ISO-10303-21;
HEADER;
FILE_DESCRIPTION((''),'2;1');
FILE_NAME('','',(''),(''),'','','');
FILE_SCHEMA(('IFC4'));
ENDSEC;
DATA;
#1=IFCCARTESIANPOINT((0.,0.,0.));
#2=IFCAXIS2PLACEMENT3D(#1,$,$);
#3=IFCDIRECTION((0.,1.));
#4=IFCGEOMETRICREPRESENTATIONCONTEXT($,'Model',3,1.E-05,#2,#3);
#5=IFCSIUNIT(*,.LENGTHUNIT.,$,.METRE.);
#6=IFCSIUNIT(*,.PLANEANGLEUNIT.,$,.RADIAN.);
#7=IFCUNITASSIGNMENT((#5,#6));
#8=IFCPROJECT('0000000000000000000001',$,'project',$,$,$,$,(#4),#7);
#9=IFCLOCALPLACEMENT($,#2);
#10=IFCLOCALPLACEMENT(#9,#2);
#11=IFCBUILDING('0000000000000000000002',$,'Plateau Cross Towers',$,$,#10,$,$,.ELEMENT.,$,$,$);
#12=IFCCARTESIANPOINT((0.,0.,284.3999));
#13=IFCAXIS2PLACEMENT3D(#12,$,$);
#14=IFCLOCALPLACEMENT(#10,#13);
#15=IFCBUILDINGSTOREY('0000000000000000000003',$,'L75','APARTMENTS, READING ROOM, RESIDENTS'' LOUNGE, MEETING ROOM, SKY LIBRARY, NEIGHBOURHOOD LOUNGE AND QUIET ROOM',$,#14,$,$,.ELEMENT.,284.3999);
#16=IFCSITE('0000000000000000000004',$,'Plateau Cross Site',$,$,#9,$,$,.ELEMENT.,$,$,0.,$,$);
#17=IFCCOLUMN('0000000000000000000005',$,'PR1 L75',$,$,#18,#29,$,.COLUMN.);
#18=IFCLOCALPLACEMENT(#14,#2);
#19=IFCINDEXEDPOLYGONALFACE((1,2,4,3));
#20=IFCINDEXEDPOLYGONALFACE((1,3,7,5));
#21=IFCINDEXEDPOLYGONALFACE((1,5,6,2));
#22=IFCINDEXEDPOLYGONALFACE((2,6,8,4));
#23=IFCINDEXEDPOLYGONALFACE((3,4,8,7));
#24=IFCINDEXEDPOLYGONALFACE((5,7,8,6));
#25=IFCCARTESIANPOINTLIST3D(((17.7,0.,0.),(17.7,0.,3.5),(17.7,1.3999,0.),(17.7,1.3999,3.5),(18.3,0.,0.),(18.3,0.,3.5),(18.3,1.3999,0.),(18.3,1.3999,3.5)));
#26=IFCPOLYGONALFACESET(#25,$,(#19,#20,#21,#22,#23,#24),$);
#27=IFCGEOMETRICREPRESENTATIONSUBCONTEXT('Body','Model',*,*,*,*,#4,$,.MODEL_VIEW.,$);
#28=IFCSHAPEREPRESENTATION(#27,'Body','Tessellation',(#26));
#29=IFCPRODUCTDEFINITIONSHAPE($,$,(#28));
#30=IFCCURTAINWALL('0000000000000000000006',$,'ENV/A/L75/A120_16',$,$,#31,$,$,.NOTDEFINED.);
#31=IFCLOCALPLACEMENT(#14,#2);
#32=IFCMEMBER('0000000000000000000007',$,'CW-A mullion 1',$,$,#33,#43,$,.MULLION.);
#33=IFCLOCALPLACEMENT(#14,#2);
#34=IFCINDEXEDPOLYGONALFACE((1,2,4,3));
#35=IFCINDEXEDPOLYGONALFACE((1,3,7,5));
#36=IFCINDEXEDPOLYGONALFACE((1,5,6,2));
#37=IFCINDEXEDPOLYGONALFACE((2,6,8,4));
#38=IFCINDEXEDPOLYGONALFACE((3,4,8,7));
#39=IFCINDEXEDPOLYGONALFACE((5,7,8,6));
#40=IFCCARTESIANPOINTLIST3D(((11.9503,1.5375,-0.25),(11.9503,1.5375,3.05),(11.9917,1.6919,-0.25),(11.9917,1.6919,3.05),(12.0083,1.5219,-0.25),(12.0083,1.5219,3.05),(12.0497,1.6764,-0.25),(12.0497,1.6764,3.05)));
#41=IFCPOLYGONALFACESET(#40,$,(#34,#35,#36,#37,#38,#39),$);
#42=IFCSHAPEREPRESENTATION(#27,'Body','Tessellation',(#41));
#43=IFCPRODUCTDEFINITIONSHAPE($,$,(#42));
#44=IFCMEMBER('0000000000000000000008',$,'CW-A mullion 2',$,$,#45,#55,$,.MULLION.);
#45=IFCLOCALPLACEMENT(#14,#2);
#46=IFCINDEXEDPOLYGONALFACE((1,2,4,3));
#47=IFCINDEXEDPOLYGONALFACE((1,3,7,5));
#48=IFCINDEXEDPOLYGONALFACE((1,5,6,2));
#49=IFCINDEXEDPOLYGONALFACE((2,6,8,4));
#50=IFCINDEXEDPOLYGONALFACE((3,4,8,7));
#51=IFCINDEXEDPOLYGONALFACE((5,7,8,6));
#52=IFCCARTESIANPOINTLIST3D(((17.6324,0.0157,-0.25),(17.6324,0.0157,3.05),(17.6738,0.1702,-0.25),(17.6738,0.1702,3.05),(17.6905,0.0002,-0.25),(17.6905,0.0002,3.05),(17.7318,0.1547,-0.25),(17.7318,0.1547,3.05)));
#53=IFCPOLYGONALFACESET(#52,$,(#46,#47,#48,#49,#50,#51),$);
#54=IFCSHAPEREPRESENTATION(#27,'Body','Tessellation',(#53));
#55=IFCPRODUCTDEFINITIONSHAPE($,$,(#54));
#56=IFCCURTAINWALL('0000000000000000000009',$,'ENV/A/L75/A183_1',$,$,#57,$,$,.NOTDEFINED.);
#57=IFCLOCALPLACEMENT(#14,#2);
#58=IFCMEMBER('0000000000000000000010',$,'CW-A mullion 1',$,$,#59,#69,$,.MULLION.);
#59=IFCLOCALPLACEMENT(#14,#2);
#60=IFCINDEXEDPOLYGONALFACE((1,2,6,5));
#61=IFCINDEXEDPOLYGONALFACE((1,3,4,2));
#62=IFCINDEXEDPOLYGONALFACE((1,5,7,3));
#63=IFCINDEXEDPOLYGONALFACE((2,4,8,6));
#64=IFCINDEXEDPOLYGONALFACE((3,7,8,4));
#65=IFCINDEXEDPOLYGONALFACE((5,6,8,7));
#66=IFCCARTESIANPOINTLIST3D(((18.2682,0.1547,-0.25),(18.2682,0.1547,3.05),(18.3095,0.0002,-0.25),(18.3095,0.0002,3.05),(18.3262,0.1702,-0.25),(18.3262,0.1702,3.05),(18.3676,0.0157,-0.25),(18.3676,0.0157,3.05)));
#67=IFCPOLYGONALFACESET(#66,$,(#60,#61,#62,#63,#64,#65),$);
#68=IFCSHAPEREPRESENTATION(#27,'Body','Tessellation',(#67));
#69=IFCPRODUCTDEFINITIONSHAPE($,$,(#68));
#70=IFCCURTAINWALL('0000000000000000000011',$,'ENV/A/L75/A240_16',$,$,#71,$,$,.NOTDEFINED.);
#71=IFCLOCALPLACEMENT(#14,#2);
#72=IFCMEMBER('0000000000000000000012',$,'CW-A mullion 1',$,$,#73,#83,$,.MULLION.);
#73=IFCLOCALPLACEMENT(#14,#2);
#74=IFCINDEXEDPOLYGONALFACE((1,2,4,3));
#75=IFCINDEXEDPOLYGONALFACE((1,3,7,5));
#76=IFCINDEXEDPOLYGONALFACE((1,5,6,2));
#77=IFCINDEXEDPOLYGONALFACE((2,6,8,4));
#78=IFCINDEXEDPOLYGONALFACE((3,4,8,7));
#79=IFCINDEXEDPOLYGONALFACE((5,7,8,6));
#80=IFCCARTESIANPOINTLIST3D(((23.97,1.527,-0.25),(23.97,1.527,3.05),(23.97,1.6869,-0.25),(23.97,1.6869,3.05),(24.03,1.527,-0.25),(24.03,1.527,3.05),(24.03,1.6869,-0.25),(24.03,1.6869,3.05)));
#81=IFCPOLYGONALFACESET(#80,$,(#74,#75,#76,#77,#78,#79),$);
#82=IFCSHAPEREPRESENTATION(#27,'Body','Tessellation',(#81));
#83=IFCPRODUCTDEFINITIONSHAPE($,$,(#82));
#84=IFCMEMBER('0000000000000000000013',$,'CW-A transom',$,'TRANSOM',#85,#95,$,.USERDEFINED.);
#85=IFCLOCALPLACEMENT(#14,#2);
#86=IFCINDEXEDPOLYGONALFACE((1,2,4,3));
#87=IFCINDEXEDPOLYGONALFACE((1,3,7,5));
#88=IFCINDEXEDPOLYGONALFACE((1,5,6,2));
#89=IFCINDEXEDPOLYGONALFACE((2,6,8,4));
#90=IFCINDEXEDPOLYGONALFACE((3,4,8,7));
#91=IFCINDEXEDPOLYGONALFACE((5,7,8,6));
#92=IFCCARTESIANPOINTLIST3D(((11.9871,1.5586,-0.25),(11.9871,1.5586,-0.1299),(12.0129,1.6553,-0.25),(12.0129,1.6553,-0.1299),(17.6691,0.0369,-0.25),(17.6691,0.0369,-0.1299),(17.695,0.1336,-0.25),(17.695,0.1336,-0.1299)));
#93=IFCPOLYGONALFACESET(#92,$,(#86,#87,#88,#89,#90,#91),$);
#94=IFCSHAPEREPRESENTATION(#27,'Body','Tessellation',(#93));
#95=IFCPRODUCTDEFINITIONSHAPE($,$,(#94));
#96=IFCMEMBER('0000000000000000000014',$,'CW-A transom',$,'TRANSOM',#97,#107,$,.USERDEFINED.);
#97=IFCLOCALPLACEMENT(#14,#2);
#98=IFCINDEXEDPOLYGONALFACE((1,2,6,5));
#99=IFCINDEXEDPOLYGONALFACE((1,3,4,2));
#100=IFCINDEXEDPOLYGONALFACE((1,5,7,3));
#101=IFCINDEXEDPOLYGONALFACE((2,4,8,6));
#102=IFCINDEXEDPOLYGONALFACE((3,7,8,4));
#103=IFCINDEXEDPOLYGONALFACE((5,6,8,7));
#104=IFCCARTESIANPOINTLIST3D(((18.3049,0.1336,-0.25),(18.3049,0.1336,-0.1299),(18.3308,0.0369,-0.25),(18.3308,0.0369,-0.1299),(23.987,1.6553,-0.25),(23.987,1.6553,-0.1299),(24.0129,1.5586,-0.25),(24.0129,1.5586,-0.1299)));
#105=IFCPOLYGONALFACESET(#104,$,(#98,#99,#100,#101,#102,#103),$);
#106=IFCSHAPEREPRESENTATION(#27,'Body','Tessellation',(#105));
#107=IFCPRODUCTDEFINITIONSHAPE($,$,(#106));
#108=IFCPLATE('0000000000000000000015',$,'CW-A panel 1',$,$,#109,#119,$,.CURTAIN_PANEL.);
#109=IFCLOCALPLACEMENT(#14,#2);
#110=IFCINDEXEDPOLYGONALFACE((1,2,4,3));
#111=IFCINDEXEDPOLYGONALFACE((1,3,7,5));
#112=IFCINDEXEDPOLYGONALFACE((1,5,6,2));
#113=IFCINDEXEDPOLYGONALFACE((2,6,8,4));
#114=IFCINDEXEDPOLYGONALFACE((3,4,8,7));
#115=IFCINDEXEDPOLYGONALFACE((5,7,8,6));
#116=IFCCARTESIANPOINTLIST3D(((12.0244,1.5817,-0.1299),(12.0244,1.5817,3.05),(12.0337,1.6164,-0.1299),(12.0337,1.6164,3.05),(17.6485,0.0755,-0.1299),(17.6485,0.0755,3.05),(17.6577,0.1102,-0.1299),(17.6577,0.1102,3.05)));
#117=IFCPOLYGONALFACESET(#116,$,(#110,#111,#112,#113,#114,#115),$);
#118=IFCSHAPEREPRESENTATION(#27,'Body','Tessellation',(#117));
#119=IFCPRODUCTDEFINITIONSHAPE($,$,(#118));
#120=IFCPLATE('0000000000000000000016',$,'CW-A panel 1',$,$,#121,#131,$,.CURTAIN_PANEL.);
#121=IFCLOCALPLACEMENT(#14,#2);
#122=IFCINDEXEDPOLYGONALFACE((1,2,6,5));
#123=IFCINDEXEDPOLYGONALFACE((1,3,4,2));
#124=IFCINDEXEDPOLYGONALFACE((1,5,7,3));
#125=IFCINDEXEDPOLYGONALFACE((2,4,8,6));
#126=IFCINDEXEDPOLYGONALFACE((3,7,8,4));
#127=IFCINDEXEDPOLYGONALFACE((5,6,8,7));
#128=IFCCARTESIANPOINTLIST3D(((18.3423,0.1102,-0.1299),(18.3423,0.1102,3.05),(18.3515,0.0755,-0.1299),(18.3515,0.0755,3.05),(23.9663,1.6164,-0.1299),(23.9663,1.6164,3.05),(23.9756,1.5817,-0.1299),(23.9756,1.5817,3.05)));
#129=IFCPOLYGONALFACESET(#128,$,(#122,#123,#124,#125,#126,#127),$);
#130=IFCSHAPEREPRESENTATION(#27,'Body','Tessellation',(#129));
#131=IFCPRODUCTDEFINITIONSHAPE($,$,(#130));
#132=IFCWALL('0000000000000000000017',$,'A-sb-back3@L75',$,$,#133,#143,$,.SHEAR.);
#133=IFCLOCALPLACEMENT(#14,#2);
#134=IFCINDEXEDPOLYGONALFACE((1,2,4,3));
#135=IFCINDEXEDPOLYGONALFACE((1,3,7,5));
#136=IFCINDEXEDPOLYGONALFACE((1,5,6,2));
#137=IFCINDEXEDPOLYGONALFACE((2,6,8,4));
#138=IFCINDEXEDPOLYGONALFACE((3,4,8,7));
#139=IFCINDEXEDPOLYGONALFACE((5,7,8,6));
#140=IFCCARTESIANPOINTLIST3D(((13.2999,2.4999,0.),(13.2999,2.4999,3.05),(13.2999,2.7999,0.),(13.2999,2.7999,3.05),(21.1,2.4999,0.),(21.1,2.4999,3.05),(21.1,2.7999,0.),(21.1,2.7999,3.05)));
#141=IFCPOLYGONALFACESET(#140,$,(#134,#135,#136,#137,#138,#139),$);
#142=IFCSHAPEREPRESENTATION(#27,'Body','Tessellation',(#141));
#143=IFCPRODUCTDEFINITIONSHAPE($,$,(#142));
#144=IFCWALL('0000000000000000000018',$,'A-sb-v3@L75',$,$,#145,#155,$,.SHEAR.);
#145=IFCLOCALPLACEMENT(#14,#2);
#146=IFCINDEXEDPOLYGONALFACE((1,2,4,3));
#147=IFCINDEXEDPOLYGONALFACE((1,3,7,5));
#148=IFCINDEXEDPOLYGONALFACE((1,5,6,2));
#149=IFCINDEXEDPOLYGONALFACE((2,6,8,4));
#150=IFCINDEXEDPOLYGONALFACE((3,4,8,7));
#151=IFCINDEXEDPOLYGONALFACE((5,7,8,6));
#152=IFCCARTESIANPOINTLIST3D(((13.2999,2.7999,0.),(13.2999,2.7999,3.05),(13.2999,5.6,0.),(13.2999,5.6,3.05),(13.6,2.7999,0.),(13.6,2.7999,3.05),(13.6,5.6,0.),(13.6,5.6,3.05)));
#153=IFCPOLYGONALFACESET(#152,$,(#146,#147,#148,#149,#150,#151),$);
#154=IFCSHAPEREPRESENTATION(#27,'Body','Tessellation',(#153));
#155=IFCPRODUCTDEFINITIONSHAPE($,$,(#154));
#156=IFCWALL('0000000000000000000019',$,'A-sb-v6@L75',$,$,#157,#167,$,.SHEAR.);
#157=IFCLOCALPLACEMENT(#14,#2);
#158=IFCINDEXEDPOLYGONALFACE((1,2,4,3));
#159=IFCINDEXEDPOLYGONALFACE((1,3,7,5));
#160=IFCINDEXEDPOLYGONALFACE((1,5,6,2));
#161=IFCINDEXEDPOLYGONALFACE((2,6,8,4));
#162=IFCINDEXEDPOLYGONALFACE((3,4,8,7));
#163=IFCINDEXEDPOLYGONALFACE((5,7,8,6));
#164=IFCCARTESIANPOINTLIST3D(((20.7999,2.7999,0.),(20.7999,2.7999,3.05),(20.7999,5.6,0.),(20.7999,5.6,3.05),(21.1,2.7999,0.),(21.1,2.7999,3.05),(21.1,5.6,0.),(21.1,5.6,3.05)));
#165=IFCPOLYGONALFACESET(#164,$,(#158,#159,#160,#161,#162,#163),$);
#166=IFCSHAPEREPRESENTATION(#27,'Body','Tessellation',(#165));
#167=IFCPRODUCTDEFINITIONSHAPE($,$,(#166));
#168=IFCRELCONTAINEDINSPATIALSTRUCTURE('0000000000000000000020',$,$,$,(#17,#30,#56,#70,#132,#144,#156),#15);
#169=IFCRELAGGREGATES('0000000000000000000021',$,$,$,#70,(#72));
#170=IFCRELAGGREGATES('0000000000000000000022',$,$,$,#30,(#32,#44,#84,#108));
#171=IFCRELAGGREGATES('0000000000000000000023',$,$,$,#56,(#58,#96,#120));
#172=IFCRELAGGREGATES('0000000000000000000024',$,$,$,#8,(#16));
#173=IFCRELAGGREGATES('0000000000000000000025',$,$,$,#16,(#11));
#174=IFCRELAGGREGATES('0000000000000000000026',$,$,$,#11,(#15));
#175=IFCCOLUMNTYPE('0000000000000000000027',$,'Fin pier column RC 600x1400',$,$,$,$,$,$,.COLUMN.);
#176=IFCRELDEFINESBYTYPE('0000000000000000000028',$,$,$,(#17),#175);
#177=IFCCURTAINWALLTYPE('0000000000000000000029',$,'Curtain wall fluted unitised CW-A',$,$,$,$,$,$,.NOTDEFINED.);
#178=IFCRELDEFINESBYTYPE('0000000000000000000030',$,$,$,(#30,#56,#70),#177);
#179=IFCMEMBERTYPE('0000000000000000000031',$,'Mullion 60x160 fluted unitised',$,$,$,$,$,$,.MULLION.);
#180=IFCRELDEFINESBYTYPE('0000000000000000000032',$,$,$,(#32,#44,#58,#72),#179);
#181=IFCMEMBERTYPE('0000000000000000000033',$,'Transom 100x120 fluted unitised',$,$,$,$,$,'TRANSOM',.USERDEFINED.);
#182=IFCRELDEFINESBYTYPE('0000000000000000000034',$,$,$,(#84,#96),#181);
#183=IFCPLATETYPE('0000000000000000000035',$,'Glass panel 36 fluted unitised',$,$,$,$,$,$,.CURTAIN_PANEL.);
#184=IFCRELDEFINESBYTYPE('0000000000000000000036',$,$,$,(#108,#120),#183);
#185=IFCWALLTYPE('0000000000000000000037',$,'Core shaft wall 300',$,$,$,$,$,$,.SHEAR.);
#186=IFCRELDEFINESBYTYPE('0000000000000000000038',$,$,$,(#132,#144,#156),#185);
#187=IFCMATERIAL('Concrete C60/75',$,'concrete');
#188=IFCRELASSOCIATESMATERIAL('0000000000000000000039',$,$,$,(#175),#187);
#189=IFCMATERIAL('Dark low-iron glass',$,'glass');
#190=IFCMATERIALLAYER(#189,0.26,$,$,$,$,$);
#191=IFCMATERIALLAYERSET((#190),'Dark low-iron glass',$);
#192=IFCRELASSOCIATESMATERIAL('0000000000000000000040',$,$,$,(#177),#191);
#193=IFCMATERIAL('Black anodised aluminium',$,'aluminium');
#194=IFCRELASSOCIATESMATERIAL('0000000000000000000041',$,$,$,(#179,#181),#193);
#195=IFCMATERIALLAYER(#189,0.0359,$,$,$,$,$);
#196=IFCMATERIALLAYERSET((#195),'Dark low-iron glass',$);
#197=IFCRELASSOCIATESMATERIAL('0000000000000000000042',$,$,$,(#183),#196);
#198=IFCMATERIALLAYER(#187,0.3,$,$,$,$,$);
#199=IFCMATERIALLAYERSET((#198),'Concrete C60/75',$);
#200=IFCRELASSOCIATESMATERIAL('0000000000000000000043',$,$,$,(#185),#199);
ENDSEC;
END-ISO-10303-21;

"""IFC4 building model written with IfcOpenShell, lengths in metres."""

from ifc_helpers import new_model, si_unit, direction, frame, frame_2d, origin, origin_2d, place, context, subcontext, project, spatial, rectangle, extrude, material, layer, layer_set, material_profile, profile_set, type_object, element, aggregate, save


model = new_model("IFC4")

# Units and contexts
model_context = context("Model", 3, precision=1e-05, world=origin(), true_north=direction((0.0, 1.0)))
body_context = subcontext(model_context, "Body", "Model", "MODEL_VIEW")
ifc_project = project(units=[si_unit("LENGTHUNIT", "METRE"), si_unit("PLANEANGLEUNIT", "RADIAN")], contexts=[model_context])

# Site, building, storey
site_placement = place(None, origin())
site = spatial("IfcSite", under=ifc_project, at=site_placement, Name="Plateau Cross Site", CompositionType="ELEMENT", RefElevation=0.0)
building_placement = place(site_placement, origin())
building = spatial("IfcBuilding", under=site, at=building_placement, Name="Plateau Cross Towers", CompositionType="ELEMENT")
storey_placement = place(building_placement, frame((0.0, 0.0, 284.3999)))
storey = spatial("IfcBuildingStorey", under=building, at=storey_placement, Name="L75", Description="APARTMENTS, READING ROOM, RESIDENTS' LOUNGE, MEETING ROOM, SKY LIBRARY, NEIGHBOURHOOD LOUNGE AND QUIET ROOM", CompositionType="ELEMENT", Elevation=284.3999)

# Column
ifc_material_1 = material(Name="Concrete C60/75", Category="concrete")
ifc_material_profile_1 = material_profile(ifc_material_1, rectangle(XDim=0.6001, YDim=1.3999, at=origin_2d()), Name="RC 600x1400")
ifc_profile_set_1 = profile_set([ifc_material_profile_1], Name="Concrete C60/75")
column_type = type_object("IfcColumnType", Name="Fin pier column RC 600x1400", PredefinedType="COLUMN", material=ifc_profile_set_1)
column_placement = place(storey_placement, frame((18.0, 0.7, 0.0), z_axis=(0.0, 0.0, 1.0), x_axis=(1.0, 0.0, 0.0)))
element("IfcColumn", 1, at=column_placement, inside=storey, type_object=column_type, Name="PR1 L75", PredefinedType="COLUMN", context=body_context, shape_type="SweptSolid", body=[
    extrude(rectangle(XDim=0.6001, YDim=1.3999, at=origin_2d()), origin(), (0.0, 0.0, 1.0), 3.5),
])

# Curtain wall, members
ifc_material_2 = material(Name="Dark low-iron glass", Category="glass")
ifc_layer_1 = layer(ifc_material_2, 0.26)
ifc_layer_set_1 = layer_set([ifc_layer_1], Name="Dark low-iron glass")
curtain_wall_type = type_object("IfcCurtainWallType", Name="Curtain wall fluted unitised CW-A", PredefinedType="NOTDEFINED", material=ifc_layer_set_1)
curtain_wall_1_placement = place(storey_placement, origin())
curtain_wall_1 = element("IfcCurtainWall", 2, at=curtain_wall_1_placement, inside=storey, type_object=curtain_wall_type, Name="ENV/A/L75/A120_16", PredefinedType="NOTDEFINED")
ifc_material_3 = material(Name="Black anodised aluminium", Category="aluminium")
ifc_material_profile_2 = material_profile(ifc_material_3, rectangle(XDim=0.0601, YDim=0.1599, at=origin_2d()), Name="MULLION 60x160")
ifc_profile_set_2 = profile_set([ifc_material_profile_2], Name="Black anodised aluminium")
member_type_1 = type_object("IfcMemberType", Name="Mullion 60x160 fluted unitised", PredefinedType="MULLION", material=ifc_profile_set_2)
member_1_placement = place(storey_placement, frame((12.0, 1.6069, -0.25), z_axis=(0.0, 0.0, 1.0), x_axis=(0.965958, -0.258699, 0.0)))
member_1 = element("IfcMember", 3, at=member_1_placement, type_object=member_type_1, Name="CW-A mullion 1", PredefinedType="MULLION", context=body_context, shape_type="SweptSolid", body=[
    extrude(rectangle(XDim=0.0601, YDim=0.1599, at=origin_2d()), origin(), (0.0, 0.0, 1.0), 3.3),
])
member_2_placement = place(storey_placement, frame((17.6821, 0.0852, -0.25), z_axis=(0.0, 0.0, 1.0), x_axis=(0.965958, -0.258699, 0.0)))
member_2 = element("IfcMember", 4, at=member_2_placement, type_object=member_type_1, Name="CW-A mullion 2", PredefinedType="MULLION", context=body_context, shape_type="SweptSolid", body=[
    extrude(rectangle(XDim=0.0601, YDim=0.1599, at=origin_2d()), origin(), (0.0, 0.0, 1.0), 3.3),
])

# Curtain walls, members
curtain_wall_2_placement = place(storey_placement, origin())
curtain_wall_2 = element("IfcCurtainWall", 5, at=curtain_wall_2_placement, inside=storey, type_object=curtain_wall_type, Name="ENV/A/L75/A183_1", PredefinedType="NOTDEFINED")
member_3_placement = place(storey_placement, frame((18.3179, 0.0852, -0.25), z_axis=(0.0, 0.0, 1.0), x_axis=(0.965958, 0.258699, 0.0)))
member_3 = element("IfcMember", 6, at=member_3_placement, type_object=member_type_1, Name="CW-A mullion 1", PredefinedType="MULLION", context=body_context, shape_type="SweptSolid", body=[
    extrude(rectangle(XDim=0.0601, YDim=0.1599, at=origin_2d()), origin(), (0.0, 0.0, 1.0), 3.3),
])
curtain_wall_3_placement = place(storey_placement, origin())
curtain_wall_3 = element("IfcCurtainWall", 7, at=curtain_wall_3_placement, inside=storey, type_object=curtain_wall_type, Name="ENV/A/L75/A240_16", PredefinedType="NOTDEFINED")
member_4_placement = place(storey_placement, frame((24.0, 1.6069, -0.25), z_axis=(0.0, 0.0, 1.0), x_axis=(1.0, 0.0, 0.0)))
member_4 = element("IfcMember", 8, at=member_4_placement, type_object=member_type_1, Name="CW-A mullion 1", PredefinedType="MULLION", context=body_context, shape_type="SweptSolid", body=[
    extrude(rectangle(XDim=0.0601, YDim=0.1599, at=origin_2d()), origin(), (0.0, 0.0, 1.0), 3.3),
])
aggregate(curtain_wall_3, [member_4])

# Members
ifc_material_profile_3 = material_profile(ifc_material_3, rectangle(XDim=0.1001, YDim=0.1201, at=origin_2d()), Name="TRANSOM 100x120")
ifc_profile_set_3 = profile_set([ifc_material_profile_3], Name="Black anodised aluminium")
member_type_2 = type_object("IfcMemberType", Name="Transom 100x120 fluted unitised", ElementType="TRANSOM", PredefinedType="USERDEFINED", material=ifc_profile_set_3)
member_5_placement = place(storey_placement, frame((12.0, 1.6069, -0.1899), z_axis=(0.96596, -0.258693, 0.0), x_axis=(0.258693, 0.96596, 0.0)))
member_5 = element("IfcMember", 9, at=member_5_placement, type_object=member_type_2, Name="CW-A transom", ObjectType="TRANSOM", PredefinedType="USERDEFINED", context=body_context, shape_type="SweptSolid", body=[
    extrude(rectangle(XDim=0.1001, YDim=0.1201, at=origin_2d()), origin(), (0.0, 0.0, 1.0), 5.8823),
])
member_6_placement = place(storey_placement, frame((18.3179, 0.0852, -0.1899), z_axis=(0.96596, 0.258693, 0.0), x_axis=(-0.258693, 0.96596, 0.0)))
member_6 = element("IfcMember", 10, at=member_6_placement, type_object=member_type_2, Name="CW-A transom", ObjectType="TRANSOM", PredefinedType="USERDEFINED", context=body_context, shape_type="SweptSolid", body=[
    extrude(rectangle(XDim=0.1001, YDim=0.1201, at=origin_2d()), origin(), (0.0, 0.0, 1.0), 5.8823),
])

# Plates
ifc_layer_2 = layer(ifc_material_2, 0.0359)
ifc_layer_set_2 = layer_set([ifc_layer_2], Name="Dark low-iron glass")
plate_type = type_object("IfcPlateType", Name="Glass panel 36 fluted unitised", PredefinedType="CURTAIN_PANEL", material=ifc_layer_set_2)
plate_1_placement = place(storey_placement, frame((14.8411, 0.8459, -0.1299), z_axis=(0.0, 0.0, 1.0), x_axis=(0.965958, -0.258699, 0.0)))
plate_1 = element("IfcPlate", 11, at=plate_1_placement, type_object=plate_type, Name="CW-A panel 1", PredefinedType="CURTAIN_PANEL", context=body_context, shape_type="SweptSolid", body=[
    extrude(rectangle(XDim=5.8223, YDim=0.0359, at=origin_2d()), origin(), (0.0, 0.0, 1.0), 3.1799),
])
aggregate(curtain_wall_1, [member_1, member_2, member_5, plate_1])
plate_2_placement = place(storey_placement, frame((21.1589, 0.8459, -0.1299), z_axis=(0.0, 0.0, 1.0), x_axis=(0.965958, 0.258699, 0.0)))
plate_2 = element("IfcPlate", 12, at=plate_2_placement, type_object=plate_type, Name="CW-A panel 1", PredefinedType="CURTAIN_PANEL", context=body_context, shape_type="SweptSolid", body=[
    extrude(rectangle(XDim=5.8223, YDim=0.0359, at=origin_2d()), origin(), (0.0, 0.0, 1.0), 3.1799),
])
aggregate(curtain_wall_2, [member_3, member_6, plate_2])

# Walls
ifc_layer_3 = layer(ifc_material_1, 0.3)
ifc_layer_set_3 = layer_set([ifc_layer_3], Name="Concrete C60/75")
wall_type_1 = type_object("IfcWallType", Name="Core shaft wall 300", PredefinedType="SHEAR", material=ifc_layer_set_3)
wall_1_placement = place(storey_placement, frame((13.3, 2.6499, 0.0), z_axis=(0.0, 0.0, 1.0), x_axis=(1.0, 0.0, 0.0)))
element("IfcWall", 13, at=wall_1_placement, inside=storey, type_object=wall_type_1, Name="A-sb-back3@L75", PredefinedType="SHEAR", context=body_context, shape_type="SweptSolid", body=[
    extrude(rectangle(XDim=7.8, YDim=0.3, at=frame_2d((3.8999, 0.0))), origin(), (0.0, 0.0, 1.0), 3.05),
])
for number, where, z_axis, x_axis, name in (
    (14, (13.45, 2.8, 0.0), (0.0, 0.0, 1.0), (0.0, 1.0, 0.0), "A-sb-v3@L75"),
    (15, (20.95, 2.8, 0.0), (0.0, 0.0, 1.0), (0.0, 1.0, 0.0), "A-sb-v6@L75"),
):
    element("IfcWall", number, at=place(storey_placement, frame(where, z_axis=z_axis, x_axis=x_axis)), inside=storey, type_object=wall_type_1, Name=name, PredefinedType="SHEAR", context=body_context, shape_type="SweptSolid", body=[
        extrude(rectangle(XDim=2.8, YDim=0.3, at=frame_2d((1.3999, 0.0))), origin(), (0.0, 0.0, 1.0), 3.05),
    ])

save(model, "model.ifc")
